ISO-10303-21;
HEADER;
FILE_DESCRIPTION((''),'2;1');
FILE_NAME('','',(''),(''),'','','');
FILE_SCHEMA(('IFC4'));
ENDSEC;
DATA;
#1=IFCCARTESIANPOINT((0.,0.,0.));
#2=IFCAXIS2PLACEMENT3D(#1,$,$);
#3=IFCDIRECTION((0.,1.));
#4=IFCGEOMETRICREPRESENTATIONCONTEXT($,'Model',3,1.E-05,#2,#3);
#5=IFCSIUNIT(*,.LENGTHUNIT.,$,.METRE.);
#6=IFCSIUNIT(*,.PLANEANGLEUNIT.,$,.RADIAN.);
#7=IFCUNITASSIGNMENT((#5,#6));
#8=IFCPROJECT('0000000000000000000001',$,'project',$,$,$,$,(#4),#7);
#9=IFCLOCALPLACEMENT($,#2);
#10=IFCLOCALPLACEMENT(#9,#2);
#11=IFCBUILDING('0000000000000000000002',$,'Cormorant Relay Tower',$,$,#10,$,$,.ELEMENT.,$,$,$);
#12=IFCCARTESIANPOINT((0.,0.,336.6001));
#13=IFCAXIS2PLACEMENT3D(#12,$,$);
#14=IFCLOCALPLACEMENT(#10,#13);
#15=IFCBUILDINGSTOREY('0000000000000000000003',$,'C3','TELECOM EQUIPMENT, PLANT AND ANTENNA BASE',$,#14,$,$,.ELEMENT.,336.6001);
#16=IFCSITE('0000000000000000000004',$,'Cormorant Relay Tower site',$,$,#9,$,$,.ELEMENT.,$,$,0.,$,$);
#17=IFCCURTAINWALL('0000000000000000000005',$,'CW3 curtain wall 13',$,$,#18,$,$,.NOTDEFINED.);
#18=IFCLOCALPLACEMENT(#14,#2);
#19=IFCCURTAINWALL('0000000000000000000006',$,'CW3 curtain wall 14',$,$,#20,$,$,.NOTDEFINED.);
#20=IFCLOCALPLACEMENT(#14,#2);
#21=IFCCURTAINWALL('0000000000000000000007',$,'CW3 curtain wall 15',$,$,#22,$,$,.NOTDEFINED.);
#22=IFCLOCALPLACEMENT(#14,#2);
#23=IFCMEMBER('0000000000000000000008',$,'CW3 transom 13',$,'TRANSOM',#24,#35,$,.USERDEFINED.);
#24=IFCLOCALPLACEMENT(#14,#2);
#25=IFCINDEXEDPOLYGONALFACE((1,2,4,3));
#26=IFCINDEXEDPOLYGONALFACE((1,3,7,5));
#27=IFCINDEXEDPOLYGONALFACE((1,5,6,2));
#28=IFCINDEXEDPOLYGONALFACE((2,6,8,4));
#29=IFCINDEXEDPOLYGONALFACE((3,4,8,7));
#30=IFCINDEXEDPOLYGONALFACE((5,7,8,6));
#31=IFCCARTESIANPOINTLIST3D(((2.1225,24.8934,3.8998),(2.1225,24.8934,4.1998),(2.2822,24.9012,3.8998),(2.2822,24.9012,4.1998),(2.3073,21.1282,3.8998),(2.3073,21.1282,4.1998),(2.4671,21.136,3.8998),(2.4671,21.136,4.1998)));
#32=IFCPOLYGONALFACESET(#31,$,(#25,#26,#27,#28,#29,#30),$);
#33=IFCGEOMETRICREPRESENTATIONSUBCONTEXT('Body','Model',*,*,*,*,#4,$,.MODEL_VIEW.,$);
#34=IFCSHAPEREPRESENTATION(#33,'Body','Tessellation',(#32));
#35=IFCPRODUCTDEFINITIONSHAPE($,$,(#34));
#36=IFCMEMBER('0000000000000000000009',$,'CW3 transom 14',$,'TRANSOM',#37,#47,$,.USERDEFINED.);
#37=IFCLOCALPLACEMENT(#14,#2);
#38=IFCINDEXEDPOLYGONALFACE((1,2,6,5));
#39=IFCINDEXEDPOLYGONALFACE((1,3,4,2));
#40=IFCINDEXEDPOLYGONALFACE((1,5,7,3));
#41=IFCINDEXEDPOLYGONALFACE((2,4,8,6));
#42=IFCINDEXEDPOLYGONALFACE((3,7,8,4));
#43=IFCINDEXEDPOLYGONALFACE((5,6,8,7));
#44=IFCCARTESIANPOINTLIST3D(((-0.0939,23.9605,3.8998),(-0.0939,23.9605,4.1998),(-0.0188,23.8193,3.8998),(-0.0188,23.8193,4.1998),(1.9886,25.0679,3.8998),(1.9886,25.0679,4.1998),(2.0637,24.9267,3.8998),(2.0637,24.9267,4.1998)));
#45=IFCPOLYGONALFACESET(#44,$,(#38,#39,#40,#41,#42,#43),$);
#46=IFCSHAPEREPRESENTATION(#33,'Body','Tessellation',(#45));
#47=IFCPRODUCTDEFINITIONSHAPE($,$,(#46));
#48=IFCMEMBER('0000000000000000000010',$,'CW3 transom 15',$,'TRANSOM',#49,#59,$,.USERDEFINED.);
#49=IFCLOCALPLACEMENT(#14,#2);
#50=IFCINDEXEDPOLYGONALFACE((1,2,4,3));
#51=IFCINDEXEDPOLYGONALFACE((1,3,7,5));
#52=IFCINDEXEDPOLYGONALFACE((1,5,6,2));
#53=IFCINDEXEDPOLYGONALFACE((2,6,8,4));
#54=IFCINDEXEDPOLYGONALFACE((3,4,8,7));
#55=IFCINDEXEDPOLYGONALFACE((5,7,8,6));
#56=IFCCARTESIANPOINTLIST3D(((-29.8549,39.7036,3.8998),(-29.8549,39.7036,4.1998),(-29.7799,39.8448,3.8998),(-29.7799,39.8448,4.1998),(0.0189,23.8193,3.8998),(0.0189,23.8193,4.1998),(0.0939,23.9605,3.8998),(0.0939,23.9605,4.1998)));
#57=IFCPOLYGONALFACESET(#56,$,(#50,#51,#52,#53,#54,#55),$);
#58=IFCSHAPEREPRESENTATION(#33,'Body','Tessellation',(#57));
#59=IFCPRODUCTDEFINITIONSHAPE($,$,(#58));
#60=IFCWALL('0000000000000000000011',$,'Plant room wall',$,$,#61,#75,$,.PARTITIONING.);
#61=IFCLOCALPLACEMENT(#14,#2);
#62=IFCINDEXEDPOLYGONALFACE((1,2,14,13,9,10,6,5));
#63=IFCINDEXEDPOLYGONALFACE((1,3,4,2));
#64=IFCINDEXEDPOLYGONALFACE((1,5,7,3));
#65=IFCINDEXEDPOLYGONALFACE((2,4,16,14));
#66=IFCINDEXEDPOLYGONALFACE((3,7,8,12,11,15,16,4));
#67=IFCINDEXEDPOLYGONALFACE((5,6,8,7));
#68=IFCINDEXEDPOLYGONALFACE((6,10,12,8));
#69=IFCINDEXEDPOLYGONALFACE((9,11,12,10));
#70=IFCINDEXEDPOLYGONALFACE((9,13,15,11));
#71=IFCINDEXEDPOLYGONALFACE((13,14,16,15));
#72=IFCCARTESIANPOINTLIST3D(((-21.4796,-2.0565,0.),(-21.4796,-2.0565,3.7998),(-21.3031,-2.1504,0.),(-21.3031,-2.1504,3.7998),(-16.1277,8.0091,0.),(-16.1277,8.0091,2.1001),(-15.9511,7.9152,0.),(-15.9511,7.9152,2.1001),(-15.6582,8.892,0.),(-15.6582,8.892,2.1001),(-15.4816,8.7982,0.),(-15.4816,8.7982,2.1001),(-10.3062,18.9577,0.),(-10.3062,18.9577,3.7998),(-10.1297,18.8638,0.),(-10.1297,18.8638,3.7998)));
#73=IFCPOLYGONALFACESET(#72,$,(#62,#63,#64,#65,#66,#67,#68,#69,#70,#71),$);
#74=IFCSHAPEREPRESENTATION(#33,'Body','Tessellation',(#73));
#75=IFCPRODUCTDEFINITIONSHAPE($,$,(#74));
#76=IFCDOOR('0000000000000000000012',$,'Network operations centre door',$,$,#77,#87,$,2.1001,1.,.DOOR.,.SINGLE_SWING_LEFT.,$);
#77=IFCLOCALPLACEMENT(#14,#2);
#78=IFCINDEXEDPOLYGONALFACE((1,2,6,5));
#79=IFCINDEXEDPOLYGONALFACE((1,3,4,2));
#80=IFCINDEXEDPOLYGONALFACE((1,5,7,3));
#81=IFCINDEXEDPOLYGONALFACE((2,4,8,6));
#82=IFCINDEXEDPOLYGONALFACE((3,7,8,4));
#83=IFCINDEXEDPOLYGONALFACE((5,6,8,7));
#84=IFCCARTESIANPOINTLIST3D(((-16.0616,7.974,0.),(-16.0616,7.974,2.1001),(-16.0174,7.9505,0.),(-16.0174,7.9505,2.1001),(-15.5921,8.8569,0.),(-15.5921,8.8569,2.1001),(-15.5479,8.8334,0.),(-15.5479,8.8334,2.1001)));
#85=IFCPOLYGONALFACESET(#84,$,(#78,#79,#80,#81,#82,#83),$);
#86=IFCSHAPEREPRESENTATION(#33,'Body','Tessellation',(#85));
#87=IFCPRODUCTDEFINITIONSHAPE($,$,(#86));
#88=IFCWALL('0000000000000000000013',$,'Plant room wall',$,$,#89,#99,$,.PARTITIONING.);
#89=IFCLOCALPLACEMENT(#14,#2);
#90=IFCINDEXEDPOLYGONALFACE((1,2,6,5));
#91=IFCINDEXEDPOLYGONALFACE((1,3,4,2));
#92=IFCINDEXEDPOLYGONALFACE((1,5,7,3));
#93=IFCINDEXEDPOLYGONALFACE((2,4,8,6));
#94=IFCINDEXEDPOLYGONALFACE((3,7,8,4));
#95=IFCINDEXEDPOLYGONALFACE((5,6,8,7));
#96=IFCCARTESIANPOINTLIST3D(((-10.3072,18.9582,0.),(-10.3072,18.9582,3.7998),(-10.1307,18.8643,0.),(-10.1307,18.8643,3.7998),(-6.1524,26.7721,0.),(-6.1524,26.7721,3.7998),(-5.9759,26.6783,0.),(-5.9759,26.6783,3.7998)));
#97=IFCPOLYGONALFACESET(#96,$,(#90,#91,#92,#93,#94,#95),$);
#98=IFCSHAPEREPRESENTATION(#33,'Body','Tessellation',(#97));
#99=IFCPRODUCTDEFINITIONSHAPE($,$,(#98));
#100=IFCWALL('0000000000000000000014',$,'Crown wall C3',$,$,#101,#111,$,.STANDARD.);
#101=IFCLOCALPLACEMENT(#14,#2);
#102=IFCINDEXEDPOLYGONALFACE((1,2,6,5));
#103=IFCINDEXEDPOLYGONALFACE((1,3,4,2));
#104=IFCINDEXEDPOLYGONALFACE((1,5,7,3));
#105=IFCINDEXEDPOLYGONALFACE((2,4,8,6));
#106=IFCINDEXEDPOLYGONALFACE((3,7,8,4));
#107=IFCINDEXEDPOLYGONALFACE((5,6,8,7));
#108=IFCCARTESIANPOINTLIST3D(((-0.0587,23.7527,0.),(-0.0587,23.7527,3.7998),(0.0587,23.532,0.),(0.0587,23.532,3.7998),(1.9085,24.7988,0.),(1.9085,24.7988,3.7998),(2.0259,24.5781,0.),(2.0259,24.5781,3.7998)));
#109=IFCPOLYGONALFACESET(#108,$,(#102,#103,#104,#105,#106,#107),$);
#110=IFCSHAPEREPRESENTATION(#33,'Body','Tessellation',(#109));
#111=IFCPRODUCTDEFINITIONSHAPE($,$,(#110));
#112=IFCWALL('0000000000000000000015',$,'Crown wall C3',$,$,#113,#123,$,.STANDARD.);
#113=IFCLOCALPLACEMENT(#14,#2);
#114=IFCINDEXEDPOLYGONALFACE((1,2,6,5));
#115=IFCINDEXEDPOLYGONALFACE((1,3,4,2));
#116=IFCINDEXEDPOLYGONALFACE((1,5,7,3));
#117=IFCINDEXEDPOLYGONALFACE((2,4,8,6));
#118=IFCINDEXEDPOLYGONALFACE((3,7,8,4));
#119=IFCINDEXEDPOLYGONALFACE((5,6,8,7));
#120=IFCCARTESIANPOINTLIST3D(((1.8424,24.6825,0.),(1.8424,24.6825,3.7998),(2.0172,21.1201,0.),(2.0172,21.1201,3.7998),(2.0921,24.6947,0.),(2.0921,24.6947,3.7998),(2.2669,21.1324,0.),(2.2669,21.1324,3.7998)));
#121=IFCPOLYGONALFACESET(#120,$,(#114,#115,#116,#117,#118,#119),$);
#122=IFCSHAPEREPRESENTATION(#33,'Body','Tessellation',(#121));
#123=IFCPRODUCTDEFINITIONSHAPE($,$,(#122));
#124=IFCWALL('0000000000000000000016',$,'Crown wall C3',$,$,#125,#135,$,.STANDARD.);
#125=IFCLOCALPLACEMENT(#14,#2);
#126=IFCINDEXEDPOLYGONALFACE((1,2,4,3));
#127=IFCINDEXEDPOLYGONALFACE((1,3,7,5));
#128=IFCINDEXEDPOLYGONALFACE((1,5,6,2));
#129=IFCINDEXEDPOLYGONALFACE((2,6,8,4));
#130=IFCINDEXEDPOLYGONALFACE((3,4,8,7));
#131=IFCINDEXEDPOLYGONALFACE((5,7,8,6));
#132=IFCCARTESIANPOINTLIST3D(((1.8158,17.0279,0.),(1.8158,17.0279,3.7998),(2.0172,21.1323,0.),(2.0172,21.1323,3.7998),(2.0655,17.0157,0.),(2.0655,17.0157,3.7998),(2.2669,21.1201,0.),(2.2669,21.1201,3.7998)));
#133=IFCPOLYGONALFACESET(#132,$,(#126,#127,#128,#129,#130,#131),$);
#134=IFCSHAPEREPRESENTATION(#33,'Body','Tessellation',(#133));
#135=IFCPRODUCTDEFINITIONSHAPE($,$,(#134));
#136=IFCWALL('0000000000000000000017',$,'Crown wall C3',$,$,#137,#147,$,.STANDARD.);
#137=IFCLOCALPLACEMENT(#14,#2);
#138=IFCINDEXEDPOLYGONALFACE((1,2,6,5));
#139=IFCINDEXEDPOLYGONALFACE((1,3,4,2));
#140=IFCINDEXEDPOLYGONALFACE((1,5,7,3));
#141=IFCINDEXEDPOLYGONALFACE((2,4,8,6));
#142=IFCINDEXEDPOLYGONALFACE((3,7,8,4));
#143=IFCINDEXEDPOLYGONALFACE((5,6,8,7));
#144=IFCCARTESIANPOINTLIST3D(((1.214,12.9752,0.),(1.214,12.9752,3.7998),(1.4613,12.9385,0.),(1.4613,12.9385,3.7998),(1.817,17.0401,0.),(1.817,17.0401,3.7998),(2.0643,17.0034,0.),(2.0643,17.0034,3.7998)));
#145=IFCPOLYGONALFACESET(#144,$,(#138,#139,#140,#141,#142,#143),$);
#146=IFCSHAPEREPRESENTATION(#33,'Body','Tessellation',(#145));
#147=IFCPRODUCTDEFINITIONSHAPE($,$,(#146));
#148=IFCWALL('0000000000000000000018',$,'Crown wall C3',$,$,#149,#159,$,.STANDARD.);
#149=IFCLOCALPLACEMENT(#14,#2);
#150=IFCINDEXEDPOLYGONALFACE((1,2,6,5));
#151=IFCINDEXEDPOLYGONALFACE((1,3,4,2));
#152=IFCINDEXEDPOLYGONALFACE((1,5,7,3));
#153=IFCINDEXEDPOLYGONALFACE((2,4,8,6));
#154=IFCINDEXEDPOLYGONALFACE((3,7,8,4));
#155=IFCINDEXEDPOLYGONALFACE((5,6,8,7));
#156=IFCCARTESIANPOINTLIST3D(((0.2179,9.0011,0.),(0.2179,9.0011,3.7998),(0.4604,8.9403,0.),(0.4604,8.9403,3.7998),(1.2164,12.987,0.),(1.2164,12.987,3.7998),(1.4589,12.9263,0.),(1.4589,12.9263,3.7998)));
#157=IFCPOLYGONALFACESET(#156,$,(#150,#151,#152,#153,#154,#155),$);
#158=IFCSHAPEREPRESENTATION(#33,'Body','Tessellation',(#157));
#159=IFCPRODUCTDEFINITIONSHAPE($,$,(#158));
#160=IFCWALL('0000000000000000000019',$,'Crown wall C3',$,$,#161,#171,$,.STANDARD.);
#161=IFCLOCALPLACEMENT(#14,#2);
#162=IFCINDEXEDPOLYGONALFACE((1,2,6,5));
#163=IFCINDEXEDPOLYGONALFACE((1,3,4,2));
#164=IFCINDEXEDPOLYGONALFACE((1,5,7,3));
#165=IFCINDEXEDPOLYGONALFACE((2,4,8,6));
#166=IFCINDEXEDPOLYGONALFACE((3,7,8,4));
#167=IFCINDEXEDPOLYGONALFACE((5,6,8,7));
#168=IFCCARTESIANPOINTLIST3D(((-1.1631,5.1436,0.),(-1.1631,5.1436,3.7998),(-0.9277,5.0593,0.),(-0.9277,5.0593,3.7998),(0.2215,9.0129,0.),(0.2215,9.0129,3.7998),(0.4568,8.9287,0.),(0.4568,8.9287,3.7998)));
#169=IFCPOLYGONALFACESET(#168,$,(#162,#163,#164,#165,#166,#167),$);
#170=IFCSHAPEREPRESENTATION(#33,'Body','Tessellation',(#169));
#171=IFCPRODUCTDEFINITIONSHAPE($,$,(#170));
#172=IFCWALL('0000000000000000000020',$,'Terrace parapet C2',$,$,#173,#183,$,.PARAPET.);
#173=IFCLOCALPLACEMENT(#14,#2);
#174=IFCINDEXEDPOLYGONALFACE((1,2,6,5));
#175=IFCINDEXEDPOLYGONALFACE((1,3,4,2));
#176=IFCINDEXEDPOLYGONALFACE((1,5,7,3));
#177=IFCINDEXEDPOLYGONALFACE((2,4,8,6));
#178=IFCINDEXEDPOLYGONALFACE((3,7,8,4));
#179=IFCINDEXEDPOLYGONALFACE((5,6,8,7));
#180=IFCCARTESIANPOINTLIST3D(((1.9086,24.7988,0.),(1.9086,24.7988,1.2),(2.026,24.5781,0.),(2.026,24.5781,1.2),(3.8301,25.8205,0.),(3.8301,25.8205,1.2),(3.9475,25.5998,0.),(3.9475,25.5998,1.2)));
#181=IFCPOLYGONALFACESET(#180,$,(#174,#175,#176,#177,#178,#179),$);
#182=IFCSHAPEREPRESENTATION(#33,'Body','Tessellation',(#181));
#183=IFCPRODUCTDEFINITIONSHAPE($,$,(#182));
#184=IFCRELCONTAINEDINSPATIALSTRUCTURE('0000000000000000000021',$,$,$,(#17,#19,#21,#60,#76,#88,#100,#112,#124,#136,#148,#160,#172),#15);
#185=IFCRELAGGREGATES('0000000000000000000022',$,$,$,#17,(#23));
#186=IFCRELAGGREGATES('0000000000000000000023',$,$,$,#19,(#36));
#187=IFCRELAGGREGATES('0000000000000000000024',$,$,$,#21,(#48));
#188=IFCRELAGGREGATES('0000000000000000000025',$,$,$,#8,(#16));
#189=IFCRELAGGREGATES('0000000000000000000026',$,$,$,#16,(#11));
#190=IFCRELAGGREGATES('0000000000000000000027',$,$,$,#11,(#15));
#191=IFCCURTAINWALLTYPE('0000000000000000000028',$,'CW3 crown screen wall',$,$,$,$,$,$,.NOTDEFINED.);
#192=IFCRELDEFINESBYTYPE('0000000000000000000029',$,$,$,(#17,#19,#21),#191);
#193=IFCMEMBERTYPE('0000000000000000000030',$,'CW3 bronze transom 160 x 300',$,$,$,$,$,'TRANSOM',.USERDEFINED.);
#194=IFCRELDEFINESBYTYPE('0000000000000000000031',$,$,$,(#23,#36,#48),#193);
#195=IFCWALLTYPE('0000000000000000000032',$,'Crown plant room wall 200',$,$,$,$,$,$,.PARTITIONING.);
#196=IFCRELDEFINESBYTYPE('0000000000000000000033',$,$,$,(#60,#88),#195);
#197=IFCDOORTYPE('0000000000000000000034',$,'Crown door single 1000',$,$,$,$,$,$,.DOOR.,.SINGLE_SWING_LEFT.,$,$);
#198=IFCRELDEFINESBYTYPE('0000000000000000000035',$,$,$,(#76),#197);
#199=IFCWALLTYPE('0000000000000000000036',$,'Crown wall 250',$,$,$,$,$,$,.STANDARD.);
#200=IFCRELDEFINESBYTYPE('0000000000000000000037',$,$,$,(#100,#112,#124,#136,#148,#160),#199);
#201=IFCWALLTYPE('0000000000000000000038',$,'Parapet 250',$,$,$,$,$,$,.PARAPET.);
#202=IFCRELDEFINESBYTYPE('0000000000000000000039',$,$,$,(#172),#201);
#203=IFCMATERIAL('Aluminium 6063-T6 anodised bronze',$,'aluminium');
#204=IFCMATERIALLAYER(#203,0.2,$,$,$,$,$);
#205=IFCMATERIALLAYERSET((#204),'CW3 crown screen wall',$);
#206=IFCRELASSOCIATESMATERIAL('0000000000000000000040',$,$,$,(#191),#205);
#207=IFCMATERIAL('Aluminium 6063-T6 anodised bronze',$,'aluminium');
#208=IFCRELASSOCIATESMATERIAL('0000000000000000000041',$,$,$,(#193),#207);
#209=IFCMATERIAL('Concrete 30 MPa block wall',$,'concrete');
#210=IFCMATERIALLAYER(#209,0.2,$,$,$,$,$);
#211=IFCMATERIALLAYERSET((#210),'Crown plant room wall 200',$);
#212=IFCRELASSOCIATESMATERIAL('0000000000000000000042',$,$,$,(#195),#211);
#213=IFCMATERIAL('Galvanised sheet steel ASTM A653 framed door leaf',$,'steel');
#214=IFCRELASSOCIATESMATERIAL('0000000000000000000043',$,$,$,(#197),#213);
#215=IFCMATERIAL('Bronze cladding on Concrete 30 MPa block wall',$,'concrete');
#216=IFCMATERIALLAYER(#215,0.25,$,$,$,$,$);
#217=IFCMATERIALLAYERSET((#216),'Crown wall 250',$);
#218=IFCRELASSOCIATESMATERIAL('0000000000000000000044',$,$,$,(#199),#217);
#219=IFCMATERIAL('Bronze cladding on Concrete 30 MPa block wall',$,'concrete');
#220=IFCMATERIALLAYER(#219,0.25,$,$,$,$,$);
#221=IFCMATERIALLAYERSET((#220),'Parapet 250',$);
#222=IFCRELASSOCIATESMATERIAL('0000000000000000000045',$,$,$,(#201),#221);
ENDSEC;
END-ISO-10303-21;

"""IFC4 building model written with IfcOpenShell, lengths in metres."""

from ifc_helpers import new_model, si_unit, direction, frame, frame_2d, origin, origin_2d, place, context, subcontext, project, spatial, rectangle, extrude, material, layer, layer_set, material_profile, profile_set, type_object, element, fill, aggregate, save


model = new_model("IFC4")

# Units and contexts
model_context = context("Model", 3, precision=1e-05, world=origin(), true_north=direction((0.0, 1.0)))
body_context = subcontext(model_context, "Body", "Model", "MODEL_VIEW")
ifc_project = project(units=[si_unit("LENGTHUNIT", "METRE"), si_unit("PLANEANGLEUNIT", "RADIAN")], contexts=[model_context])

# Site, building, storey
site_placement = place(None, origin())
site = spatial("IfcSite", under=ifc_project, at=site_placement, Name="Cormorant Relay Tower site", CompositionType="ELEMENT", RefElevation=0.0)
building_placement = place(site_placement, origin())
building = spatial("IfcBuilding", under=site, at=building_placement, Name="Cormorant Relay Tower", CompositionType="ELEMENT")
storey_placement = place(building_placement, frame((0.0, 0.0, 336.6001)))
storey = spatial("IfcBuildingStorey", under=building, at=storey_placement, Name="C3", Description="TELECOM EQUIPMENT, PLANT AND ANTENNA BASE", CompositionType="ELEMENT", Elevation=336.6001)

# Curtain walls
ifc_material_1 = material(Name="Aluminium 6063-T6 anodised bronze", Category="aluminium")
ifc_layer_1 = layer(ifc_material_1, 0.2)
ifc_layer_set_1 = layer_set([ifc_layer_1], Name="CW3 crown screen wall")
curtain_wall_type = type_object("IfcCurtainWallType", Name="CW3 crown screen wall", PredefinedType="NOTDEFINED", material=ifc_layer_set_1)
curtain_wall_1_placement = place(storey_placement, origin())
curtain_wall_1 = element("IfcCurtainWall", 1, at=curtain_wall_1_placement, inside=storey, type_object=curtain_wall_type, Name="CW3 curtain wall 13", PredefinedType="NOTDEFINED")
curtain_wall_2_placement = place(storey_placement, origin())
curtain_wall_2 = element("IfcCurtainWall", 2, at=curtain_wall_2_placement, inside=storey, type_object=curtain_wall_type, Name="CW3 curtain wall 14", PredefinedType="NOTDEFINED")

# Curtain wall
curtain_wall_3_placement = place(storey_placement, origin())
curtain_wall_3 = element("IfcCurtainWall", 3, at=curtain_wall_3_placement, inside=storey, type_object=curtain_wall_type, Name="CW3 curtain wall 15", PredefinedType="NOTDEFINED")

# Members
ifc_material_2 = material(Name="Aluminium 6063-T6 anodised bronze", Category="aluminium")
ifc_material_profile_1 = material_profile(ifc_material_2, rectangle(XDim=0.1599, YDim=0.3, at=origin_2d()), Name="AL 160x300")
ifc_profile_set_1 = profile_set([ifc_material_profile_1], Name="Aluminium 6063-T6 anodised bronze")
member_type_1 = type_object("IfcMemberType", Name="CW3 bronze transom 160 x 300", ElementType="TRANSOM", PredefinedType="USERDEFINED", material=ifc_profile_set_1)
member_1_placement = place(storey_placement, frame((2.3872, 21.1321, 4.0498), z_axis=(-0.049027, 0.998797, 0.0), x_axis=(-0.998797, -0.049027, 0.0)))
member_1 = element("IfcMember", 4, at=member_1_placement, type_object=member_type_1, Name="CW3 transom 13", ObjectType="TRANSOM", PredefinedType="USERDEFINED", context=body_context, shape_type="SweptSolid", body=[
    extrude(rectangle(XDim=0.1599, YDim=0.3, at=origin_2d()), origin(), (0.0, 0.0, 1.0), 3.7698),
])
member_2_placement = place(storey_placement, frame((2.0261, 24.9973, 4.0498), z_axis=(-0.882925, -0.469513, 0.0), x_axis=(0.469513, -0.882925, 0.0)))
member_2 = element("IfcMember", 5, at=member_2_placement, type_object=member_type_1, Name="CW3 transom 14", ObjectType="TRANSOM", PredefinedType="USERDEFINED", context=body_context, shape_type="SweptSolid", body=[
    extrude(rectangle(XDim=0.1599, YDim=0.3, at=origin_2d()), origin(), (0.0, 0.0, 1.0), 2.3586),
])
member_3_placement = place(storey_placement, frame((0.0564, 23.8899, 4.0498), z_axis=(-0.882946, 0.469474, 0.0), x_axis=(-0.469474, -0.882946, 0.0)))
member_3 = element("IfcMember", 6, at=member_3_placement, type_object=member_type_1, Name="CW3 transom 15", ObjectType="TRANSOM", PredefinedType="USERDEFINED", context=body_context, shape_type="SweptSolid", body=[
    extrude(rectangle(XDim=0.1599, YDim=0.3, at=origin_2d()), origin(), (0.0, 0.0, 1.0), 33.8342),
])

# Wall, opening, door
ifc_material_3 = material(Name="Concrete 30 MPa block wall", Category="concrete")
ifc_layer_2 = layer(ifc_material_3, 0.2)
ifc_layer_set_2 = layer_set([ifc_layer_2], Name="Crown plant room wall 200")
wall_type_1 = type_object("IfcWallType", Name="Crown plant room wall 200", PredefinedType="PARTITIONING", material=ifc_layer_set_2)
wall_1_placement = place(storey_placement, frame((-10.218, 18.9106, 0.0), z_axis=(0.0, 0.0, 1.0), x_axis=(-0.469469, -0.882949, 0.0)))
wall_1 = element("IfcWall", 7, at=wall_1_placement, inside=storey, type_object=wall_type_1, Name="Plant room wall", PredefinedType="PARTITIONING", context=body_context, shape_type="SweptSolid", body=[
    extrude(rectangle(XDim=23.8, YDim=0.2, at=frame_2d((11.8999, 0.0))), origin(), (0.0, 0.0, 1.0), 3.7998),
])
opening_placement = place(wall_1_placement, frame((11.3999, 0.0, 0.0)))
opening = element("IfcOpeningElement", 8, at=opening_placement, cuts=wall_1, PredefinedType="OPENING", context=body_context, shape_type="SweptSolid", body=[
    extrude(rectangle(XDim=1.0, YDim=2.1001, at=frame_2d((0.5, 1.05))), frame((0.0, 0.1099, 0.0), z_axis=(0.0, -1.0, 0.0), x_axis=(1.0, 0.0, 0.0)), (0.0, 0.0, 1.0), 0.22),
])
ifc_material_4 = material(Name="Galvanised sheet steel ASTM A653 framed door leaf", Category="steel")
door_type = type_object("IfcDoorType", Name="Crown door single 1000", OperationType="SINGLE_SWING_LEFT", PredefinedType="DOOR", material=ifc_material_4)
door_placement = place(opening_placement, origin())
door = element("IfcDoor", 9, at=door_placement, inside=storey, type_object=door_type, Name="Network operations centre door", OperationType="SINGLE_SWING_LEFT", OverallHeight=2.1001, OverallWidth=1.0, PredefinedType="DOOR", context=body_context, shape_type="SweptSolid", body=[
    extrude(rectangle(XDim=1.0, YDim=2.1001, at=frame_2d((0.5, 1.05))), frame((0.0, 0.0249, 0.0), z_axis=(0.0, -1.0, 0.0), x_axis=(1.0, 0.0, 0.0)), (0.0, 0.0, 1.0), 0.05),
])
fill(opening, door)

# Walls
wall_2_placement = place(storey_placement, frame((-6.0642, 26.7251, 0.0), z_axis=(0.0, 0.0, 1.0), x_axis=(-0.469474, -0.882946, 0.0)))
element("IfcWall", 10, at=wall_2_placement, inside=storey, type_object=wall_type_1, Name="Plant room wall", PredefinedType="PARTITIONING", context=body_context, shape_type="SweptSolid", body=[
    extrude(rectangle(XDim=8.8499, YDim=0.2, at=frame_2d((4.4248, 0.0))), origin(), (0.0, 0.0, 1.0), 3.7998),
])
ifc_material_5 = material(Name="Bronze cladding on Concrete 30 MPa block wall", Category="concrete")
ifc_layer_3 = layer(ifc_material_5, 0.25)
ifc_layer_set_3 = layer_set([ifc_layer_3], Name="Crown wall 250")
wall_type_2 = type_object("IfcWallType", Name="Crown wall 250", PredefinedType="STANDARD", material=ifc_layer_set_3)
wall_3_placement = place(storey_placement, frame((0.0, 23.6423, 0.0), z_axis=(0.0, 0.0, 1.0), x_axis=(0.882926, 0.469513, 0.0)))
element("IfcWall", 11, at=wall_3_placement, inside=storey, type_object=wall_type_2, Name="Crown wall C3", PredefinedType="STANDARD", context=body_context, shape_type="SweptSolid", body=[
    extrude(rectangle(XDim=2.228, YDim=0.25, at=frame_2d((1.114, 0.0))), origin(), (0.0, 0.0, 1.0), 3.7998),
])
wall_4_placement = place(storey_placement, frame((1.9673, 24.6885, 0.0), z_axis=(0.0, 0.0, 1.0), x_axis=(0.049012, -0.998798, 0.0)))
element("IfcWall", 12, at=wall_4_placement, inside=storey, type_object=wall_type_2, Name="Crown wall C3", PredefinedType="STANDARD", context=body_context, shape_type="SweptSolid", body=[
    extrude(rectangle(XDim=3.5667, YDim=0.25, at=frame_2d((1.7832, 0.0))), origin(), (0.0, 0.0, 1.0), 3.7998),
])
for number, where, z_axis, x_axis, name in (
    (13, (2.1421, 21.1262, 0.0), (0.0, 0.0, 1.0), (-0.049013, -0.998798, 0.0), "Crown wall C3"),
    (14, (1.9407, 17.0217, 0.0), (0.0, 0.0, 1.0), (-0.146742, -0.989175, 0.0), "Crown wall C3"),
):
    element("IfcWall", number, at=place(storey_placement, frame(where, z_axis=z_axis, x_axis=x_axis)), inside=storey, type_object=wall_type_2, Name=name, PredefinedType="STANDARD", context=body_context, shape_type="SweptSolid", body=[
        extrude(rectangle(XDim=4.1094, YDim=0.25, at=frame_2d((2.0547, 0.0))), origin(), (0.0, 0.0, 1.0), 3.7998),
    ])
wall_5_placement = place(storey_placement, frame((1.3376, 12.9568, 0.0), z_axis=(0.0, 0.0, 1.0), x_axis=(-0.242997, -0.970027, 0.0)))
element("IfcWall", 15, at=wall_5_placement, inside=storey, type_object=wall_type_2, Name="Crown wall C3", PredefinedType="STANDARD", context=body_context, shape_type="SweptSolid", body=[
    extrude(rectangle(XDim=4.1091, YDim=0.25, at=frame_2d((2.0547, 0.0))), origin(), (0.0, 0.0, 1.0), 3.7998),
])
wall_6_placement = place(storey_placement, frame((0.3391, 8.9707, 0.0), z_axis=(0.0, 0.0, 1.0), x_axis=(-0.336897, -0.941541, 0.0)))
element("IfcWall", 16, at=wall_6_placement, inside=storey, type_object=wall_type_2, Name="Crown wall C3", PredefinedType="STANDARD", context=body_context, shape_type="SweptSolid", body=[
    extrude(rectangle(XDim=4.1096, YDim=0.25, at=frame_2d((2.0547, 0.0))), origin(), (0.0, 0.0, 1.0), 3.7998),
])
ifc_material_6 = material(Name="Bronze cladding on Concrete 30 MPa block wall", Category="concrete")
ifc_layer_4 = layer(ifc_material_6, 0.25)
ifc_layer_set_4 = layer_set([ifc_layer_4], Name="Parapet 250")
wall_type_3 = type_object("IfcWallType", Name="Parapet 250", PredefinedType="PARAPET", material=ifc_layer_set_4)
wall_7_placement = place(storey_placement, frame((1.9673, 24.6885, 0.0), z_axis=(0.0, 0.0, 1.0), x_axis=(0.882952, 0.469464, 0.0)))
element("IfcWall", 17, at=wall_7_placement, inside=storey, type_object=wall_type_3, Name="Terrace parapet C2", PredefinedType="PARAPET", context=body_context, shape_type="SweptSolid", body=[
    extrude(rectangle(XDim=2.1763, YDim=0.25, at=frame_2d((1.0881, 0.0))), origin(), (0.0, 0.0, 1.0), 1.2),
])

aggregate(curtain_wall_1, [member_1])
aggregate(curtain_wall_2, [member_2])
aggregate(curtain_wall_3, [member_3])

save(model, "model.ifc")
